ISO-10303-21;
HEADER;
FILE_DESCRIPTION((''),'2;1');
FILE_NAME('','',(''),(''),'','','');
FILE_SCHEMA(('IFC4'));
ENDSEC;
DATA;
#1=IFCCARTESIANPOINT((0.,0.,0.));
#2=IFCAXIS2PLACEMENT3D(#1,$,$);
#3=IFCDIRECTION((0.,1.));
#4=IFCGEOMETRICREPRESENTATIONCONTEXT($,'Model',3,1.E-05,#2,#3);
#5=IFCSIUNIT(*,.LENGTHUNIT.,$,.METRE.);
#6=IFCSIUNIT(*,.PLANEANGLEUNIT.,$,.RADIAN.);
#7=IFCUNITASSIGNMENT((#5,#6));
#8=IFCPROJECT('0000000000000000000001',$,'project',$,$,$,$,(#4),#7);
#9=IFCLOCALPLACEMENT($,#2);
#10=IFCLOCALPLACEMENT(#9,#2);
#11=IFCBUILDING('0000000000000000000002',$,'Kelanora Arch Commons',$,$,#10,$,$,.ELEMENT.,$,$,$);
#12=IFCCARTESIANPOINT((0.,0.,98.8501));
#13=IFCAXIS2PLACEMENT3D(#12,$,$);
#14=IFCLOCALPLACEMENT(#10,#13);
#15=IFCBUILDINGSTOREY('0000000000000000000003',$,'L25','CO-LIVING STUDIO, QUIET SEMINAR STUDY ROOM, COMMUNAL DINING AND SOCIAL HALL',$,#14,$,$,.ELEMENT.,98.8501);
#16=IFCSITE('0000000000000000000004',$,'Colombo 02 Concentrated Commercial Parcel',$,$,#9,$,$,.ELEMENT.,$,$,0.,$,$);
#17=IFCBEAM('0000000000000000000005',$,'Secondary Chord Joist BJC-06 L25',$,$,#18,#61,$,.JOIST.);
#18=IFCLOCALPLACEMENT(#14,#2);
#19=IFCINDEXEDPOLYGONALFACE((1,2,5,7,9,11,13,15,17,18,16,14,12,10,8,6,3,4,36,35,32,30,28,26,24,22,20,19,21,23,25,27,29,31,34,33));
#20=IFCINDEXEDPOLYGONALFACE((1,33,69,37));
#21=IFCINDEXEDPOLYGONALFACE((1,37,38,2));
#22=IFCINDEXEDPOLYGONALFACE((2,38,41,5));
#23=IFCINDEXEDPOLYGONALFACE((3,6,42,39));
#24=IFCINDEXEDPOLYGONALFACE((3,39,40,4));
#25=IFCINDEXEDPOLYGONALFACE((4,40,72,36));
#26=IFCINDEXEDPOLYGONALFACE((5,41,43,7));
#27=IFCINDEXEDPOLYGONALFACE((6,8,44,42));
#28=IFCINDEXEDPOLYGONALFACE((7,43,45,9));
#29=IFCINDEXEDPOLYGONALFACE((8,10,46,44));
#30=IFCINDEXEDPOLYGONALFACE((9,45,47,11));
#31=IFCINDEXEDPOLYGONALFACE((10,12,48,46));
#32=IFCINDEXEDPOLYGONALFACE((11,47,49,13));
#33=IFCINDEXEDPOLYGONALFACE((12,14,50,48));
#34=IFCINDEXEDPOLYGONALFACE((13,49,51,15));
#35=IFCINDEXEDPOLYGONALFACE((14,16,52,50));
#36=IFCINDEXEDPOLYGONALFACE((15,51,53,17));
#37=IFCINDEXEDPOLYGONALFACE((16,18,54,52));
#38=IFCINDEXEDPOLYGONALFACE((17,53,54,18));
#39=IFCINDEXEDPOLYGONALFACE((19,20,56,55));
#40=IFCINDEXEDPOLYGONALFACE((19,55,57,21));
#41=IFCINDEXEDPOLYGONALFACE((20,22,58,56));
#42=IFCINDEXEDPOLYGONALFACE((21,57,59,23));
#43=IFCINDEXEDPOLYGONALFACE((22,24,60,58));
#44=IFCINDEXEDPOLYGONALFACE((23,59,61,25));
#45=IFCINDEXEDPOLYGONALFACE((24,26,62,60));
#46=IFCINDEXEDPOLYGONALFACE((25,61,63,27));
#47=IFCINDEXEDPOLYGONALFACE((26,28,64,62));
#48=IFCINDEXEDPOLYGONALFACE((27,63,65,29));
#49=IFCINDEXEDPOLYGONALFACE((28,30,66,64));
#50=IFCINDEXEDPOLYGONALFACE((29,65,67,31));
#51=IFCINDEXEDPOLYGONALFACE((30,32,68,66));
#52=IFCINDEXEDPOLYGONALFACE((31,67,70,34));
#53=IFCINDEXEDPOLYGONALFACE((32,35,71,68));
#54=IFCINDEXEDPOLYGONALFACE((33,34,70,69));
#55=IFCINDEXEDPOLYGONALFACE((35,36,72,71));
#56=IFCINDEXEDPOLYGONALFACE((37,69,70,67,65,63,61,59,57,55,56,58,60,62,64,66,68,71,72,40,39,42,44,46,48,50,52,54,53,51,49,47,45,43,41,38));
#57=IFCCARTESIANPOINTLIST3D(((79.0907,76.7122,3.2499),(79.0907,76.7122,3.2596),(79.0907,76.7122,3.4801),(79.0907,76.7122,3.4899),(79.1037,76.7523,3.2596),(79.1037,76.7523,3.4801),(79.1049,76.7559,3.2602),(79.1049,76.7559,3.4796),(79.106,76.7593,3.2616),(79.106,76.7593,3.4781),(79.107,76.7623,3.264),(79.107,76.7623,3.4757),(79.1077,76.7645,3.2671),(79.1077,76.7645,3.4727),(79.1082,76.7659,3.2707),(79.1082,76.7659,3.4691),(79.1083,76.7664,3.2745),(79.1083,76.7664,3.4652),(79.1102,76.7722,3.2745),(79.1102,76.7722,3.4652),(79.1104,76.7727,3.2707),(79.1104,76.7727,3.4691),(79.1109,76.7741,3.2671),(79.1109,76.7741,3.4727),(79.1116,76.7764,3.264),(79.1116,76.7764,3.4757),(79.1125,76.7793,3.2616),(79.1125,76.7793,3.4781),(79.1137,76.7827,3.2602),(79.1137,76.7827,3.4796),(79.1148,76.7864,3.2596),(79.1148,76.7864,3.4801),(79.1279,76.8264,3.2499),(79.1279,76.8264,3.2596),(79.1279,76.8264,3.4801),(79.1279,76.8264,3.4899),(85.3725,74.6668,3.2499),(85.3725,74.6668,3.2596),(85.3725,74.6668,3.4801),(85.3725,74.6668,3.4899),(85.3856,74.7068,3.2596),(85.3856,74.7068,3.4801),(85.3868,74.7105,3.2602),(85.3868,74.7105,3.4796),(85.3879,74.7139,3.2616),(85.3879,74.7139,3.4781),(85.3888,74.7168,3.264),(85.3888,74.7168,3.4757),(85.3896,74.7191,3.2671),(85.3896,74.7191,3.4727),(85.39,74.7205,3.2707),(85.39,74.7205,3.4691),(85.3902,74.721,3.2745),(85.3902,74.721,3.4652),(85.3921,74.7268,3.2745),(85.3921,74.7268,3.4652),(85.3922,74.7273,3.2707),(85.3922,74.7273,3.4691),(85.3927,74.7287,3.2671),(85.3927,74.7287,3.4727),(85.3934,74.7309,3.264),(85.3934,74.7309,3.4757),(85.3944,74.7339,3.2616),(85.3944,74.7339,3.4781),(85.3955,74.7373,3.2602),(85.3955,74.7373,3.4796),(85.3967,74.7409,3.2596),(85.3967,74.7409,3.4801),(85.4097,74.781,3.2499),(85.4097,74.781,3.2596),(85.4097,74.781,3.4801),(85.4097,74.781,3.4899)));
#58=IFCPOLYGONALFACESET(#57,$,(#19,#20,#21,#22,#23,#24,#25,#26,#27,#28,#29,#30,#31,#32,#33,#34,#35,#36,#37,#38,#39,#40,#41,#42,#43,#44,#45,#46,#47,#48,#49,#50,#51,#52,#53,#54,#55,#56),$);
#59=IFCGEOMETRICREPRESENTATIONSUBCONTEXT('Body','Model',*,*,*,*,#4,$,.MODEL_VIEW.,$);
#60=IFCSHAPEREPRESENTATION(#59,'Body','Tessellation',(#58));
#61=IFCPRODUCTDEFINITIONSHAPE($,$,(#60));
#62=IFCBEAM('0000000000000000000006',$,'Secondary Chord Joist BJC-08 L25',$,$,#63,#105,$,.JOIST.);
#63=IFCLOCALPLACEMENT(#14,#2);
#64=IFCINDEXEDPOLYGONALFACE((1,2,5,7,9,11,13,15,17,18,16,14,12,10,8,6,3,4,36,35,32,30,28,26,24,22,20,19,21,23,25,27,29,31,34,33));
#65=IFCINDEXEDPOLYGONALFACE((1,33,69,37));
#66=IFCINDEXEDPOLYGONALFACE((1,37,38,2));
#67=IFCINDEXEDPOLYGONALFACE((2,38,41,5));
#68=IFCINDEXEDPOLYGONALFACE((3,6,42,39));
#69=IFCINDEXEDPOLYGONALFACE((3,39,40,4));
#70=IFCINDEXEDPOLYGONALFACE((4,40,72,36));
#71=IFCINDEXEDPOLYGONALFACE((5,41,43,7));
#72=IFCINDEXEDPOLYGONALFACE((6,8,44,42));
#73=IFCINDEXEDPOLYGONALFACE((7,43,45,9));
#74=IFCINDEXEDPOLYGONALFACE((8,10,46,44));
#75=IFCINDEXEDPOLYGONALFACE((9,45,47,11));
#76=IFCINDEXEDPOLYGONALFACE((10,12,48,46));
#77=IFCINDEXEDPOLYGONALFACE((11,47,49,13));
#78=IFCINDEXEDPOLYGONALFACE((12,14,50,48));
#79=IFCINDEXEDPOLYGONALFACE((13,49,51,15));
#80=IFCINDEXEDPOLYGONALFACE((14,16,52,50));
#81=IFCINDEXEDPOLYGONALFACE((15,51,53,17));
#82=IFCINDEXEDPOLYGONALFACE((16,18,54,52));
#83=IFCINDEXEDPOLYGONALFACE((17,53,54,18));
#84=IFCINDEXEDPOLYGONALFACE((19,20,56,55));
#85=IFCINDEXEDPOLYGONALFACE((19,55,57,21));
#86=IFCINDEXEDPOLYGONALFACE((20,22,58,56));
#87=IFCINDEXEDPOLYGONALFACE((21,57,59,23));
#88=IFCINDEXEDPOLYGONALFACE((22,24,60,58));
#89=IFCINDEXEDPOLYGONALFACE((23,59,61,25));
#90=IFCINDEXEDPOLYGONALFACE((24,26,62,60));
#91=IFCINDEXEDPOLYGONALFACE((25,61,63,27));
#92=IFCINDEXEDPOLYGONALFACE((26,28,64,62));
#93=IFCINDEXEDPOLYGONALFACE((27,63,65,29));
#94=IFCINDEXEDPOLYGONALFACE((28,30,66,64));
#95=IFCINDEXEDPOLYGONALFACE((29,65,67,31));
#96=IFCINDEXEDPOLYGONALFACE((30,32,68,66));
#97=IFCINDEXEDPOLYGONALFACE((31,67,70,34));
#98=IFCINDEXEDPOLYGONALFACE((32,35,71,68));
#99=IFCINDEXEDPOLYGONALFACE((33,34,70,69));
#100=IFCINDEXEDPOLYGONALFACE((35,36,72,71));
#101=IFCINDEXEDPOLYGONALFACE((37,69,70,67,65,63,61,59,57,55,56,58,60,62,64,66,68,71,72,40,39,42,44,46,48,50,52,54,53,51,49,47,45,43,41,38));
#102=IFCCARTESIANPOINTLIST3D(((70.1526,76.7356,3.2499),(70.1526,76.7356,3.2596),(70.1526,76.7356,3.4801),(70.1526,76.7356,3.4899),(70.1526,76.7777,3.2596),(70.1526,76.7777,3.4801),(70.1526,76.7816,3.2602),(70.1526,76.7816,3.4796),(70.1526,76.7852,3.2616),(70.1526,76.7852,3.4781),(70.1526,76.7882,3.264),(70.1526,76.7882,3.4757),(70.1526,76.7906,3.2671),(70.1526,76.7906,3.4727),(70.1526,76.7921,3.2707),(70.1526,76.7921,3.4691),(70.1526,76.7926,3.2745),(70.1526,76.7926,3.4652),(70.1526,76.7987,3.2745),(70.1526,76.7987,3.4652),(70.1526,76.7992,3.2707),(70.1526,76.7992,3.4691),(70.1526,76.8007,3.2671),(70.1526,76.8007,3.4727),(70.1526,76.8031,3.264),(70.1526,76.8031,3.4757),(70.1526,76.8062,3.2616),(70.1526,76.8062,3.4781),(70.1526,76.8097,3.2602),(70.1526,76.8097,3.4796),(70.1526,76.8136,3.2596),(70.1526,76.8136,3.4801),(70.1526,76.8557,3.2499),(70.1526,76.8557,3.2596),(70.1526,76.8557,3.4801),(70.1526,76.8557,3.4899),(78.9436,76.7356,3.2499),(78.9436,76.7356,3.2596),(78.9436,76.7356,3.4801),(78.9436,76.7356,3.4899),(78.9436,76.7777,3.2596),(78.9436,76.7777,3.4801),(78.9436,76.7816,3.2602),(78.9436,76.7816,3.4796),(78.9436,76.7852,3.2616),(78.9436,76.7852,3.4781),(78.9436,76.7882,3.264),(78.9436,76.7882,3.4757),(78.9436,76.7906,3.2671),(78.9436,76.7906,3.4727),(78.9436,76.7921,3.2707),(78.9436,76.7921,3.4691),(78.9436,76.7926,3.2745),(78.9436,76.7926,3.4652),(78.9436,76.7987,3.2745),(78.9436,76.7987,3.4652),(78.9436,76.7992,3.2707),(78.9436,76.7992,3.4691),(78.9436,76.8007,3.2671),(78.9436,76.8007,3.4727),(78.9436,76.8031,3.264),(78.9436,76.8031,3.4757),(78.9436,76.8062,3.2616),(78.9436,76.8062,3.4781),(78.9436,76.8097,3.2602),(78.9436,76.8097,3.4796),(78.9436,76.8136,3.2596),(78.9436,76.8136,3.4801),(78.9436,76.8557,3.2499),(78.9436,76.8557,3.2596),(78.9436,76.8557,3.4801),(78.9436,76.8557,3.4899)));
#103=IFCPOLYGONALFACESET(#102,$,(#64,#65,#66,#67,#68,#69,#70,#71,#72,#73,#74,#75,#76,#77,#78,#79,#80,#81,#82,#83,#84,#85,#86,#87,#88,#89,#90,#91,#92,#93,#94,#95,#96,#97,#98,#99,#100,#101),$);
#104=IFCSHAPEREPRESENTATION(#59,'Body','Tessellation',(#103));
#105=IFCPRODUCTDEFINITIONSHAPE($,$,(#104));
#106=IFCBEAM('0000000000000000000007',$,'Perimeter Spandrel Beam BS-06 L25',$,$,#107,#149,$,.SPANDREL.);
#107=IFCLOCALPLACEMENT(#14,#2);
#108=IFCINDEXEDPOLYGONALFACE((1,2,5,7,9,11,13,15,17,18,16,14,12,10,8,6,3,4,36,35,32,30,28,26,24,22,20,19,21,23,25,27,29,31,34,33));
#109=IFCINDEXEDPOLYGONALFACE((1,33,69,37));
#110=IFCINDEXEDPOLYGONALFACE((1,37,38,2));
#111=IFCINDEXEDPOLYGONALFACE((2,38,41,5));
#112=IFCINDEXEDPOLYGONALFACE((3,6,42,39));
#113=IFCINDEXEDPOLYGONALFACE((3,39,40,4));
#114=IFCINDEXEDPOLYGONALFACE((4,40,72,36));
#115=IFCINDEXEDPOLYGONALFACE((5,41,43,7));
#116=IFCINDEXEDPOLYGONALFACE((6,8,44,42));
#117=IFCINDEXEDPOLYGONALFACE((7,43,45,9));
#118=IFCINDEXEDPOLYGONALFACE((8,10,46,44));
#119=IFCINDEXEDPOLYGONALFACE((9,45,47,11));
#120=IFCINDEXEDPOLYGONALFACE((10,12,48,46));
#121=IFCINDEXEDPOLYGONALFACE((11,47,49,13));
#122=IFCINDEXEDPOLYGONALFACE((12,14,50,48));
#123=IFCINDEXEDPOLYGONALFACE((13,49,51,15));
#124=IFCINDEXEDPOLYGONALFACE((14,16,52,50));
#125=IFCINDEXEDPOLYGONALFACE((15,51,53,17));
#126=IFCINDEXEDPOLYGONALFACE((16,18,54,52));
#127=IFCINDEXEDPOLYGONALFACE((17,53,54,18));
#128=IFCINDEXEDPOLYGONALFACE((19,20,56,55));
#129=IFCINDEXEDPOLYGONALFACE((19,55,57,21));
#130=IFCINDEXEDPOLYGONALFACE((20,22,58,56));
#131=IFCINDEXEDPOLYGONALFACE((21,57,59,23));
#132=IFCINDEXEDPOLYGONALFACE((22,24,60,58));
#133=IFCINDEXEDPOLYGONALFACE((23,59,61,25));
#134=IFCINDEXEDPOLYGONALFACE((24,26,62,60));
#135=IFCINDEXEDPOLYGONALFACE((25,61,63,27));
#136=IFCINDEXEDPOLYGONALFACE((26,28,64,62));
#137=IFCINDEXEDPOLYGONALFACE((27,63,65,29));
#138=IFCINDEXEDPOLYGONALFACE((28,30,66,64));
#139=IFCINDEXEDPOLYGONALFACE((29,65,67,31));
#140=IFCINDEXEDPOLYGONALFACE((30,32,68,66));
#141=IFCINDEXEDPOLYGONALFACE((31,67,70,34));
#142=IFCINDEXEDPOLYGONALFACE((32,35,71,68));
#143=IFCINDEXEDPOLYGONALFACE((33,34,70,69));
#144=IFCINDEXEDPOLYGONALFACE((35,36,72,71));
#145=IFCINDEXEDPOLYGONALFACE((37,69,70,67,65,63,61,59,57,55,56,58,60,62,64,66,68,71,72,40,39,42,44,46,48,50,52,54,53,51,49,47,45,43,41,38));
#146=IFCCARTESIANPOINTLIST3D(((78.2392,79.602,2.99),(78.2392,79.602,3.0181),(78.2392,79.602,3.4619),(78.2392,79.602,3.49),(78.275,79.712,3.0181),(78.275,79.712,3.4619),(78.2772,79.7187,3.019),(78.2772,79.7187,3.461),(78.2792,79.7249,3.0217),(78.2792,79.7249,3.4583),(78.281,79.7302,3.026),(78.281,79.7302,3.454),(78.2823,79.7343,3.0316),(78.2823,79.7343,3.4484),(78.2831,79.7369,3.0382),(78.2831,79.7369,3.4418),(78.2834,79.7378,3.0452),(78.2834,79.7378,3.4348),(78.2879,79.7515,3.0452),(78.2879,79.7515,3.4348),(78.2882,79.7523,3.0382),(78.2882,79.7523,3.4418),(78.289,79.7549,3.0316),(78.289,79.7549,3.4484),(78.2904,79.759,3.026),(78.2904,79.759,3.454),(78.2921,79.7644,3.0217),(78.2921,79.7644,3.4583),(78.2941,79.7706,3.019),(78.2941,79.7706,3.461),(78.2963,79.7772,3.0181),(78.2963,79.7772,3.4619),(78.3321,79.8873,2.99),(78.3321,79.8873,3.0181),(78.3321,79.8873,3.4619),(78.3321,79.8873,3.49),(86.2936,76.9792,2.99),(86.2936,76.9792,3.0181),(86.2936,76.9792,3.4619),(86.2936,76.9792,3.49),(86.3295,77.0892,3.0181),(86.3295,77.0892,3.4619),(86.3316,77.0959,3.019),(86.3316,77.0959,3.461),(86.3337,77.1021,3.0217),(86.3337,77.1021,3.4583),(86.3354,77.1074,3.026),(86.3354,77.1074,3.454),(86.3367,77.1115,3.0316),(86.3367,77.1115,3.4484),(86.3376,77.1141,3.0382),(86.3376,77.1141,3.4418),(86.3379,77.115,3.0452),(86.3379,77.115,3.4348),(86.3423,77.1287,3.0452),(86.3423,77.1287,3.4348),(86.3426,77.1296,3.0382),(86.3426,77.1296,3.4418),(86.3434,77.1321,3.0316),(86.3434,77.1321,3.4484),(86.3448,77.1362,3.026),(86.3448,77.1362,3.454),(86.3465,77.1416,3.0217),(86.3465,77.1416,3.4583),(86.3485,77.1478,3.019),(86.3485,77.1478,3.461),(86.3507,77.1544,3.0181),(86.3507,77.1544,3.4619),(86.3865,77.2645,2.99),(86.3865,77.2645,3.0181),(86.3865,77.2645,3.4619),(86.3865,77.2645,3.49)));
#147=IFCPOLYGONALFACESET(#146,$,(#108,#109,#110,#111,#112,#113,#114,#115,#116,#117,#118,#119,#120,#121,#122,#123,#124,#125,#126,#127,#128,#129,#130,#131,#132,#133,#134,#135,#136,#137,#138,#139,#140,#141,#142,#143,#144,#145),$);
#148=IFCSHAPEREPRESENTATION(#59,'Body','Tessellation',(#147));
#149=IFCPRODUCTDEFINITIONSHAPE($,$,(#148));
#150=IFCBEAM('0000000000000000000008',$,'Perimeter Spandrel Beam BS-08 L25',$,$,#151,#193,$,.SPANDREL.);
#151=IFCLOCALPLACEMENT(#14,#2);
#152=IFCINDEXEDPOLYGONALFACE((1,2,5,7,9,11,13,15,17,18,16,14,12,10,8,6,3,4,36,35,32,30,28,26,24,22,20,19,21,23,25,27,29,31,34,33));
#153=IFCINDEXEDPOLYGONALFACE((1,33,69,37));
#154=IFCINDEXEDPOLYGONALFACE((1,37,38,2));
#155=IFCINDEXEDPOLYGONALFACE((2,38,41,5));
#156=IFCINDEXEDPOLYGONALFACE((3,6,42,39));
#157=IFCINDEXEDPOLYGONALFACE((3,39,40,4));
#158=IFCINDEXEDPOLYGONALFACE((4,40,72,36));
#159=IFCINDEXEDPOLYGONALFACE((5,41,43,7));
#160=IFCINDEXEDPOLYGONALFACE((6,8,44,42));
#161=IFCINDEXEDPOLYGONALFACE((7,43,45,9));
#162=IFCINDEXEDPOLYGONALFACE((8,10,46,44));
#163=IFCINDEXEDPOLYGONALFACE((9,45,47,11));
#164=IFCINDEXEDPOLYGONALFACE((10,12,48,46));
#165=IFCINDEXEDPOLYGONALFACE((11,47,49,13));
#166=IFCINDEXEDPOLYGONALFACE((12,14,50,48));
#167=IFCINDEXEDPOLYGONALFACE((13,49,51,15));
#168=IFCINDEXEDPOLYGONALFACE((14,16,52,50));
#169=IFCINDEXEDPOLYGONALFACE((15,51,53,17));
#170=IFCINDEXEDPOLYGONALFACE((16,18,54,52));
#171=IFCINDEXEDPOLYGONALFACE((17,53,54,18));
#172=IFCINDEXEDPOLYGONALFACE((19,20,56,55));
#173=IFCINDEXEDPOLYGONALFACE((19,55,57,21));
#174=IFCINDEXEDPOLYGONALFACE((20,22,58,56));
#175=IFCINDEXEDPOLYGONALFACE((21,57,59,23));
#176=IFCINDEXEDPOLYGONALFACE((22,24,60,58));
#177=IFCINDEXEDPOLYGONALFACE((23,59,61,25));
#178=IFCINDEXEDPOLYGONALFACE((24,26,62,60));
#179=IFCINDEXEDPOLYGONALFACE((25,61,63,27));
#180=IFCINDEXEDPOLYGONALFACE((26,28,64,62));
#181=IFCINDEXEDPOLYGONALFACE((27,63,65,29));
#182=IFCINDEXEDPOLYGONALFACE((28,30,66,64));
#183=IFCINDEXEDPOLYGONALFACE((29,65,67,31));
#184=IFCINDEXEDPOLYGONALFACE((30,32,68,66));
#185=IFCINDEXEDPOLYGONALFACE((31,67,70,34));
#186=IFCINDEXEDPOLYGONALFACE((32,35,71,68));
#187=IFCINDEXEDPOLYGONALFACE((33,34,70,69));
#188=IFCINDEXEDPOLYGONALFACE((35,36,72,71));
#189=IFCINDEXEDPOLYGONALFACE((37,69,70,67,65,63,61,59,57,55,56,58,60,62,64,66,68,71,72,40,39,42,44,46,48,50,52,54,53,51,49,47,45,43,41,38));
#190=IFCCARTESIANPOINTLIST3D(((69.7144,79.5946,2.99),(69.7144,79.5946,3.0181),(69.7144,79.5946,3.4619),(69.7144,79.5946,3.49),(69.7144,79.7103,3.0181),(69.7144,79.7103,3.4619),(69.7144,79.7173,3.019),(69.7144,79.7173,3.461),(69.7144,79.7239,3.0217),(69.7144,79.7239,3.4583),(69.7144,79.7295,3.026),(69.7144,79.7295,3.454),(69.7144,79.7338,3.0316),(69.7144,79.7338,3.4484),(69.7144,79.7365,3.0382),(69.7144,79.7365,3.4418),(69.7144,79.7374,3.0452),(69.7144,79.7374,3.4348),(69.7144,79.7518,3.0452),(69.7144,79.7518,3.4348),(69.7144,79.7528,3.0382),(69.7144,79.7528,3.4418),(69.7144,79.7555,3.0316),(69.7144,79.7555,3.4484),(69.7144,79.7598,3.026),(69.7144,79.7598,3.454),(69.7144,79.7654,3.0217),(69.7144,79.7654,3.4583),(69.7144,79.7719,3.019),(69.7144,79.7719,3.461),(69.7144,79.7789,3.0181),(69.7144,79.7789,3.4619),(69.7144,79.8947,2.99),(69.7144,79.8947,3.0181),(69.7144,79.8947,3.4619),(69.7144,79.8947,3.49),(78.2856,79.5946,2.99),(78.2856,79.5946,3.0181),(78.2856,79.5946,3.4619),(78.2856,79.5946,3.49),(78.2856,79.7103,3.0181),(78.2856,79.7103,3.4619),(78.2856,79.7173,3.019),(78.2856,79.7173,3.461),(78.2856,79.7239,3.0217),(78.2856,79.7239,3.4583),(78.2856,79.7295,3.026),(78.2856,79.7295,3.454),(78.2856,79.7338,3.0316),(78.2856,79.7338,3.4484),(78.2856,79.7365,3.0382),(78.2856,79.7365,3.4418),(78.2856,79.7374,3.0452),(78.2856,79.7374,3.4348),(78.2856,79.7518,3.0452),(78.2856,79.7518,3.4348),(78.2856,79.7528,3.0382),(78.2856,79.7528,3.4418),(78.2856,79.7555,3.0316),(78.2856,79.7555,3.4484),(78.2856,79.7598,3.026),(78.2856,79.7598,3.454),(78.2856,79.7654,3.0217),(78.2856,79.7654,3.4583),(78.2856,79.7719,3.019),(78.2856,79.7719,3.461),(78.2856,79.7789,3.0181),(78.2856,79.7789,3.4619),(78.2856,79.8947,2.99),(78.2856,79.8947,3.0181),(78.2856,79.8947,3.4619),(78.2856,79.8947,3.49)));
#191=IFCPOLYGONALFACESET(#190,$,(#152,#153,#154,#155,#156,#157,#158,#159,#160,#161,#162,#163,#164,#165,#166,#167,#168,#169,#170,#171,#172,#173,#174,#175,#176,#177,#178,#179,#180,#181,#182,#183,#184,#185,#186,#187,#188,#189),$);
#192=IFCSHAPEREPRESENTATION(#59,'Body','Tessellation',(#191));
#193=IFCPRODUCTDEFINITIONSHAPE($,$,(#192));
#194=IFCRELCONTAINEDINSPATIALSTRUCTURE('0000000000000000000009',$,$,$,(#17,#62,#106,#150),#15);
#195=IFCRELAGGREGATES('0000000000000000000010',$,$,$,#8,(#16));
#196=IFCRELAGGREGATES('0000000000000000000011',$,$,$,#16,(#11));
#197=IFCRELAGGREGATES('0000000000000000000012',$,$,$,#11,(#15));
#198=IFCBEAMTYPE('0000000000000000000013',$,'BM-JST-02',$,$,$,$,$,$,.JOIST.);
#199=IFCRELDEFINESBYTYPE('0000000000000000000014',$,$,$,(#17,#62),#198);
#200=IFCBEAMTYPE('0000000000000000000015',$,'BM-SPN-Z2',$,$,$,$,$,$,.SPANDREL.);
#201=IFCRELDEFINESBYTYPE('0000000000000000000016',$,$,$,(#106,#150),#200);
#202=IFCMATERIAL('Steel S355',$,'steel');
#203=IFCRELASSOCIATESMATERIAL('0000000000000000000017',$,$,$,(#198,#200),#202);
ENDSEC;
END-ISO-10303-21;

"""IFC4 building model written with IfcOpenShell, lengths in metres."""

from ifc_helpers import new_model, si_unit, direction, frame, origin, origin_2d, place, context, subcontext, project, spatial, i_section, extrude, material, material_profile, profile_set, type_object, element, save


model = new_model("IFC4")

# Units and contexts
model_context = context("Model", 3, precision=1e-05, world=origin(), true_north=direction((0.0, 1.0)))
body_context = subcontext(model_context, "Body", "Model", "MODEL_VIEW")
ifc_project = project(units=[si_unit("LENGTHUNIT", "METRE"), si_unit("PLANEANGLEUNIT", "RADIAN")], contexts=[model_context])

# Site, building, storey
site_placement = place(None, origin())
site = spatial("IfcSite", under=ifc_project, at=site_placement, Name="Colombo 02 Concentrated Commercial Parcel", CompositionType="ELEMENT", RefElevation=0.0)
building_placement = place(site_placement, origin())
building = spatial("IfcBuilding", under=site, at=building_placement, Name="Kelanora Arch Commons", CompositionType="ELEMENT")
storey_placement = place(building_placement, frame((0.0, 0.0, 98.8501)))
storey = spatial("IfcBuildingStorey", under=building, at=storey_placement, Name="L25", Description="CO-LIVING STUDIO, QUIET SEMINAR STUDY ROOM, COMMUNAL DINING AND SOCIAL HALL", CompositionType="ELEMENT", Elevation=98.8501)

# Beams
ifc_material_1 = material(Name="Steel S355", Category="steel")
ifc_material_profile_1 = material_profile(ifc_material_1, i_section(OverallWidth=0.1201, OverallDepth=0.24, WebThickness=0.0061, FlangeThickness=0.0098, FilletRadius=0.0149, at=origin_2d()), Name="IPE240")
ifc_profile_set_1 = profile_set([ifc_material_profile_1], Name="Steel S355")
beam_type_1 = type_object("IfcBeamType", Name="BM-JST-02", PredefinedType="JOIST", material=ifc_profile_set_1)
beam_1_placement = place(storey_placement, frame((85.3911, 74.7239, 3.3699), z_axis=(-0.950863, 0.309612, 0.0), x_axis=(-0.309612, -0.950863, 0.0)))
element("IfcBeam", 1, at=beam_1_placement, inside=storey, type_object=beam_type_1, Name="Secondary Chord Joist BJC-06 L25", PredefinedType="JOIST", context=body_context, shape_type="SweptSolid", body=[
    extrude(i_section(OverallWidth=0.1201, OverallDepth=0.24, WebThickness=0.0061, FlangeThickness=0.0098, FilletRadius=0.0149, at=origin_2d()), origin(), (0.0, 0.0, 1.0), 6.6064),
])
beam_2_placement = place(storey_placement, frame((78.9436, 76.7957, 3.3699), z_axis=(-1.0, 0.0, 0.0), x_axis=(0.0, -1.0, 0.0)))
element("IfcBeam", 2, at=beam_2_placement, inside=storey, type_object=beam_type_1, Name="Secondary Chord Joist BJC-08 L25", PredefinedType="JOIST", context=body_context, shape_type="SweptSolid", body=[
    extrude(i_section(OverallWidth=0.1201, OverallDepth=0.24, WebThickness=0.0061, FlangeThickness=0.0098, FilletRadius=0.0149, at=origin_2d()), origin(), (0.0, 0.0, 1.0), 8.791),
])
ifc_material_profile_2 = material_profile(ifc_material_1, i_section(OverallWidth=0.3, OverallDepth=0.5, WebThickness=0.0144, FlangeThickness=0.0281, FilletRadius=0.0271, at=origin_2d()), Name="HEB500")
ifc_profile_set_2 = profile_set([ifc_material_profile_2], Name="Steel S355")
beam_type_2 = type_object("IfcBeamType", Name="BM-SPN-Z2", PredefinedType="SPANDREL", material=ifc_profile_set_2)
beam_3_placement = place(storey_placement, frame((86.3401, 77.1218, 3.24), z_axis=(-0.950857, 0.309631, 0.0), x_axis=(-0.309631, -0.950857, 0.0)))
element("IfcBeam", 3, at=beam_3_placement, inside=storey, type_object=beam_type_2, Name="Perimeter Spandrel Beam BS-06 L25", PredefinedType="SPANDREL", context=body_context, shape_type="SweptSolid", body=[
    extrude(i_section(OverallWidth=0.3, OverallDepth=0.5, WebThickness=0.0144, FlangeThickness=0.0281, FilletRadius=0.0271, at=origin_2d()), origin(), (0.0, 0.0, 1.0), 8.4707),
])
beam_4_placement = place(storey_placement, frame((78.2856, 79.7446, 3.24), z_axis=(-1.0, 0.0, 0.0), x_axis=(0.0, -1.0, 0.0)))
element("IfcBeam", 4, at=beam_4_placement, inside=storey, type_object=beam_type_2, Name="Perimeter Spandrel Beam BS-08 L25", PredefinedType="SPANDREL", context=body_context, shape_type="SweptSolid", body=[
    extrude(i_section(OverallWidth=0.3, OverallDepth=0.5, WebThickness=0.0144, FlangeThickness=0.0281, FilletRadius=0.0271, at=origin_2d()), origin(), (0.0, 0.0, 1.0), 8.5713),
])

save(model, "model.ifc")
